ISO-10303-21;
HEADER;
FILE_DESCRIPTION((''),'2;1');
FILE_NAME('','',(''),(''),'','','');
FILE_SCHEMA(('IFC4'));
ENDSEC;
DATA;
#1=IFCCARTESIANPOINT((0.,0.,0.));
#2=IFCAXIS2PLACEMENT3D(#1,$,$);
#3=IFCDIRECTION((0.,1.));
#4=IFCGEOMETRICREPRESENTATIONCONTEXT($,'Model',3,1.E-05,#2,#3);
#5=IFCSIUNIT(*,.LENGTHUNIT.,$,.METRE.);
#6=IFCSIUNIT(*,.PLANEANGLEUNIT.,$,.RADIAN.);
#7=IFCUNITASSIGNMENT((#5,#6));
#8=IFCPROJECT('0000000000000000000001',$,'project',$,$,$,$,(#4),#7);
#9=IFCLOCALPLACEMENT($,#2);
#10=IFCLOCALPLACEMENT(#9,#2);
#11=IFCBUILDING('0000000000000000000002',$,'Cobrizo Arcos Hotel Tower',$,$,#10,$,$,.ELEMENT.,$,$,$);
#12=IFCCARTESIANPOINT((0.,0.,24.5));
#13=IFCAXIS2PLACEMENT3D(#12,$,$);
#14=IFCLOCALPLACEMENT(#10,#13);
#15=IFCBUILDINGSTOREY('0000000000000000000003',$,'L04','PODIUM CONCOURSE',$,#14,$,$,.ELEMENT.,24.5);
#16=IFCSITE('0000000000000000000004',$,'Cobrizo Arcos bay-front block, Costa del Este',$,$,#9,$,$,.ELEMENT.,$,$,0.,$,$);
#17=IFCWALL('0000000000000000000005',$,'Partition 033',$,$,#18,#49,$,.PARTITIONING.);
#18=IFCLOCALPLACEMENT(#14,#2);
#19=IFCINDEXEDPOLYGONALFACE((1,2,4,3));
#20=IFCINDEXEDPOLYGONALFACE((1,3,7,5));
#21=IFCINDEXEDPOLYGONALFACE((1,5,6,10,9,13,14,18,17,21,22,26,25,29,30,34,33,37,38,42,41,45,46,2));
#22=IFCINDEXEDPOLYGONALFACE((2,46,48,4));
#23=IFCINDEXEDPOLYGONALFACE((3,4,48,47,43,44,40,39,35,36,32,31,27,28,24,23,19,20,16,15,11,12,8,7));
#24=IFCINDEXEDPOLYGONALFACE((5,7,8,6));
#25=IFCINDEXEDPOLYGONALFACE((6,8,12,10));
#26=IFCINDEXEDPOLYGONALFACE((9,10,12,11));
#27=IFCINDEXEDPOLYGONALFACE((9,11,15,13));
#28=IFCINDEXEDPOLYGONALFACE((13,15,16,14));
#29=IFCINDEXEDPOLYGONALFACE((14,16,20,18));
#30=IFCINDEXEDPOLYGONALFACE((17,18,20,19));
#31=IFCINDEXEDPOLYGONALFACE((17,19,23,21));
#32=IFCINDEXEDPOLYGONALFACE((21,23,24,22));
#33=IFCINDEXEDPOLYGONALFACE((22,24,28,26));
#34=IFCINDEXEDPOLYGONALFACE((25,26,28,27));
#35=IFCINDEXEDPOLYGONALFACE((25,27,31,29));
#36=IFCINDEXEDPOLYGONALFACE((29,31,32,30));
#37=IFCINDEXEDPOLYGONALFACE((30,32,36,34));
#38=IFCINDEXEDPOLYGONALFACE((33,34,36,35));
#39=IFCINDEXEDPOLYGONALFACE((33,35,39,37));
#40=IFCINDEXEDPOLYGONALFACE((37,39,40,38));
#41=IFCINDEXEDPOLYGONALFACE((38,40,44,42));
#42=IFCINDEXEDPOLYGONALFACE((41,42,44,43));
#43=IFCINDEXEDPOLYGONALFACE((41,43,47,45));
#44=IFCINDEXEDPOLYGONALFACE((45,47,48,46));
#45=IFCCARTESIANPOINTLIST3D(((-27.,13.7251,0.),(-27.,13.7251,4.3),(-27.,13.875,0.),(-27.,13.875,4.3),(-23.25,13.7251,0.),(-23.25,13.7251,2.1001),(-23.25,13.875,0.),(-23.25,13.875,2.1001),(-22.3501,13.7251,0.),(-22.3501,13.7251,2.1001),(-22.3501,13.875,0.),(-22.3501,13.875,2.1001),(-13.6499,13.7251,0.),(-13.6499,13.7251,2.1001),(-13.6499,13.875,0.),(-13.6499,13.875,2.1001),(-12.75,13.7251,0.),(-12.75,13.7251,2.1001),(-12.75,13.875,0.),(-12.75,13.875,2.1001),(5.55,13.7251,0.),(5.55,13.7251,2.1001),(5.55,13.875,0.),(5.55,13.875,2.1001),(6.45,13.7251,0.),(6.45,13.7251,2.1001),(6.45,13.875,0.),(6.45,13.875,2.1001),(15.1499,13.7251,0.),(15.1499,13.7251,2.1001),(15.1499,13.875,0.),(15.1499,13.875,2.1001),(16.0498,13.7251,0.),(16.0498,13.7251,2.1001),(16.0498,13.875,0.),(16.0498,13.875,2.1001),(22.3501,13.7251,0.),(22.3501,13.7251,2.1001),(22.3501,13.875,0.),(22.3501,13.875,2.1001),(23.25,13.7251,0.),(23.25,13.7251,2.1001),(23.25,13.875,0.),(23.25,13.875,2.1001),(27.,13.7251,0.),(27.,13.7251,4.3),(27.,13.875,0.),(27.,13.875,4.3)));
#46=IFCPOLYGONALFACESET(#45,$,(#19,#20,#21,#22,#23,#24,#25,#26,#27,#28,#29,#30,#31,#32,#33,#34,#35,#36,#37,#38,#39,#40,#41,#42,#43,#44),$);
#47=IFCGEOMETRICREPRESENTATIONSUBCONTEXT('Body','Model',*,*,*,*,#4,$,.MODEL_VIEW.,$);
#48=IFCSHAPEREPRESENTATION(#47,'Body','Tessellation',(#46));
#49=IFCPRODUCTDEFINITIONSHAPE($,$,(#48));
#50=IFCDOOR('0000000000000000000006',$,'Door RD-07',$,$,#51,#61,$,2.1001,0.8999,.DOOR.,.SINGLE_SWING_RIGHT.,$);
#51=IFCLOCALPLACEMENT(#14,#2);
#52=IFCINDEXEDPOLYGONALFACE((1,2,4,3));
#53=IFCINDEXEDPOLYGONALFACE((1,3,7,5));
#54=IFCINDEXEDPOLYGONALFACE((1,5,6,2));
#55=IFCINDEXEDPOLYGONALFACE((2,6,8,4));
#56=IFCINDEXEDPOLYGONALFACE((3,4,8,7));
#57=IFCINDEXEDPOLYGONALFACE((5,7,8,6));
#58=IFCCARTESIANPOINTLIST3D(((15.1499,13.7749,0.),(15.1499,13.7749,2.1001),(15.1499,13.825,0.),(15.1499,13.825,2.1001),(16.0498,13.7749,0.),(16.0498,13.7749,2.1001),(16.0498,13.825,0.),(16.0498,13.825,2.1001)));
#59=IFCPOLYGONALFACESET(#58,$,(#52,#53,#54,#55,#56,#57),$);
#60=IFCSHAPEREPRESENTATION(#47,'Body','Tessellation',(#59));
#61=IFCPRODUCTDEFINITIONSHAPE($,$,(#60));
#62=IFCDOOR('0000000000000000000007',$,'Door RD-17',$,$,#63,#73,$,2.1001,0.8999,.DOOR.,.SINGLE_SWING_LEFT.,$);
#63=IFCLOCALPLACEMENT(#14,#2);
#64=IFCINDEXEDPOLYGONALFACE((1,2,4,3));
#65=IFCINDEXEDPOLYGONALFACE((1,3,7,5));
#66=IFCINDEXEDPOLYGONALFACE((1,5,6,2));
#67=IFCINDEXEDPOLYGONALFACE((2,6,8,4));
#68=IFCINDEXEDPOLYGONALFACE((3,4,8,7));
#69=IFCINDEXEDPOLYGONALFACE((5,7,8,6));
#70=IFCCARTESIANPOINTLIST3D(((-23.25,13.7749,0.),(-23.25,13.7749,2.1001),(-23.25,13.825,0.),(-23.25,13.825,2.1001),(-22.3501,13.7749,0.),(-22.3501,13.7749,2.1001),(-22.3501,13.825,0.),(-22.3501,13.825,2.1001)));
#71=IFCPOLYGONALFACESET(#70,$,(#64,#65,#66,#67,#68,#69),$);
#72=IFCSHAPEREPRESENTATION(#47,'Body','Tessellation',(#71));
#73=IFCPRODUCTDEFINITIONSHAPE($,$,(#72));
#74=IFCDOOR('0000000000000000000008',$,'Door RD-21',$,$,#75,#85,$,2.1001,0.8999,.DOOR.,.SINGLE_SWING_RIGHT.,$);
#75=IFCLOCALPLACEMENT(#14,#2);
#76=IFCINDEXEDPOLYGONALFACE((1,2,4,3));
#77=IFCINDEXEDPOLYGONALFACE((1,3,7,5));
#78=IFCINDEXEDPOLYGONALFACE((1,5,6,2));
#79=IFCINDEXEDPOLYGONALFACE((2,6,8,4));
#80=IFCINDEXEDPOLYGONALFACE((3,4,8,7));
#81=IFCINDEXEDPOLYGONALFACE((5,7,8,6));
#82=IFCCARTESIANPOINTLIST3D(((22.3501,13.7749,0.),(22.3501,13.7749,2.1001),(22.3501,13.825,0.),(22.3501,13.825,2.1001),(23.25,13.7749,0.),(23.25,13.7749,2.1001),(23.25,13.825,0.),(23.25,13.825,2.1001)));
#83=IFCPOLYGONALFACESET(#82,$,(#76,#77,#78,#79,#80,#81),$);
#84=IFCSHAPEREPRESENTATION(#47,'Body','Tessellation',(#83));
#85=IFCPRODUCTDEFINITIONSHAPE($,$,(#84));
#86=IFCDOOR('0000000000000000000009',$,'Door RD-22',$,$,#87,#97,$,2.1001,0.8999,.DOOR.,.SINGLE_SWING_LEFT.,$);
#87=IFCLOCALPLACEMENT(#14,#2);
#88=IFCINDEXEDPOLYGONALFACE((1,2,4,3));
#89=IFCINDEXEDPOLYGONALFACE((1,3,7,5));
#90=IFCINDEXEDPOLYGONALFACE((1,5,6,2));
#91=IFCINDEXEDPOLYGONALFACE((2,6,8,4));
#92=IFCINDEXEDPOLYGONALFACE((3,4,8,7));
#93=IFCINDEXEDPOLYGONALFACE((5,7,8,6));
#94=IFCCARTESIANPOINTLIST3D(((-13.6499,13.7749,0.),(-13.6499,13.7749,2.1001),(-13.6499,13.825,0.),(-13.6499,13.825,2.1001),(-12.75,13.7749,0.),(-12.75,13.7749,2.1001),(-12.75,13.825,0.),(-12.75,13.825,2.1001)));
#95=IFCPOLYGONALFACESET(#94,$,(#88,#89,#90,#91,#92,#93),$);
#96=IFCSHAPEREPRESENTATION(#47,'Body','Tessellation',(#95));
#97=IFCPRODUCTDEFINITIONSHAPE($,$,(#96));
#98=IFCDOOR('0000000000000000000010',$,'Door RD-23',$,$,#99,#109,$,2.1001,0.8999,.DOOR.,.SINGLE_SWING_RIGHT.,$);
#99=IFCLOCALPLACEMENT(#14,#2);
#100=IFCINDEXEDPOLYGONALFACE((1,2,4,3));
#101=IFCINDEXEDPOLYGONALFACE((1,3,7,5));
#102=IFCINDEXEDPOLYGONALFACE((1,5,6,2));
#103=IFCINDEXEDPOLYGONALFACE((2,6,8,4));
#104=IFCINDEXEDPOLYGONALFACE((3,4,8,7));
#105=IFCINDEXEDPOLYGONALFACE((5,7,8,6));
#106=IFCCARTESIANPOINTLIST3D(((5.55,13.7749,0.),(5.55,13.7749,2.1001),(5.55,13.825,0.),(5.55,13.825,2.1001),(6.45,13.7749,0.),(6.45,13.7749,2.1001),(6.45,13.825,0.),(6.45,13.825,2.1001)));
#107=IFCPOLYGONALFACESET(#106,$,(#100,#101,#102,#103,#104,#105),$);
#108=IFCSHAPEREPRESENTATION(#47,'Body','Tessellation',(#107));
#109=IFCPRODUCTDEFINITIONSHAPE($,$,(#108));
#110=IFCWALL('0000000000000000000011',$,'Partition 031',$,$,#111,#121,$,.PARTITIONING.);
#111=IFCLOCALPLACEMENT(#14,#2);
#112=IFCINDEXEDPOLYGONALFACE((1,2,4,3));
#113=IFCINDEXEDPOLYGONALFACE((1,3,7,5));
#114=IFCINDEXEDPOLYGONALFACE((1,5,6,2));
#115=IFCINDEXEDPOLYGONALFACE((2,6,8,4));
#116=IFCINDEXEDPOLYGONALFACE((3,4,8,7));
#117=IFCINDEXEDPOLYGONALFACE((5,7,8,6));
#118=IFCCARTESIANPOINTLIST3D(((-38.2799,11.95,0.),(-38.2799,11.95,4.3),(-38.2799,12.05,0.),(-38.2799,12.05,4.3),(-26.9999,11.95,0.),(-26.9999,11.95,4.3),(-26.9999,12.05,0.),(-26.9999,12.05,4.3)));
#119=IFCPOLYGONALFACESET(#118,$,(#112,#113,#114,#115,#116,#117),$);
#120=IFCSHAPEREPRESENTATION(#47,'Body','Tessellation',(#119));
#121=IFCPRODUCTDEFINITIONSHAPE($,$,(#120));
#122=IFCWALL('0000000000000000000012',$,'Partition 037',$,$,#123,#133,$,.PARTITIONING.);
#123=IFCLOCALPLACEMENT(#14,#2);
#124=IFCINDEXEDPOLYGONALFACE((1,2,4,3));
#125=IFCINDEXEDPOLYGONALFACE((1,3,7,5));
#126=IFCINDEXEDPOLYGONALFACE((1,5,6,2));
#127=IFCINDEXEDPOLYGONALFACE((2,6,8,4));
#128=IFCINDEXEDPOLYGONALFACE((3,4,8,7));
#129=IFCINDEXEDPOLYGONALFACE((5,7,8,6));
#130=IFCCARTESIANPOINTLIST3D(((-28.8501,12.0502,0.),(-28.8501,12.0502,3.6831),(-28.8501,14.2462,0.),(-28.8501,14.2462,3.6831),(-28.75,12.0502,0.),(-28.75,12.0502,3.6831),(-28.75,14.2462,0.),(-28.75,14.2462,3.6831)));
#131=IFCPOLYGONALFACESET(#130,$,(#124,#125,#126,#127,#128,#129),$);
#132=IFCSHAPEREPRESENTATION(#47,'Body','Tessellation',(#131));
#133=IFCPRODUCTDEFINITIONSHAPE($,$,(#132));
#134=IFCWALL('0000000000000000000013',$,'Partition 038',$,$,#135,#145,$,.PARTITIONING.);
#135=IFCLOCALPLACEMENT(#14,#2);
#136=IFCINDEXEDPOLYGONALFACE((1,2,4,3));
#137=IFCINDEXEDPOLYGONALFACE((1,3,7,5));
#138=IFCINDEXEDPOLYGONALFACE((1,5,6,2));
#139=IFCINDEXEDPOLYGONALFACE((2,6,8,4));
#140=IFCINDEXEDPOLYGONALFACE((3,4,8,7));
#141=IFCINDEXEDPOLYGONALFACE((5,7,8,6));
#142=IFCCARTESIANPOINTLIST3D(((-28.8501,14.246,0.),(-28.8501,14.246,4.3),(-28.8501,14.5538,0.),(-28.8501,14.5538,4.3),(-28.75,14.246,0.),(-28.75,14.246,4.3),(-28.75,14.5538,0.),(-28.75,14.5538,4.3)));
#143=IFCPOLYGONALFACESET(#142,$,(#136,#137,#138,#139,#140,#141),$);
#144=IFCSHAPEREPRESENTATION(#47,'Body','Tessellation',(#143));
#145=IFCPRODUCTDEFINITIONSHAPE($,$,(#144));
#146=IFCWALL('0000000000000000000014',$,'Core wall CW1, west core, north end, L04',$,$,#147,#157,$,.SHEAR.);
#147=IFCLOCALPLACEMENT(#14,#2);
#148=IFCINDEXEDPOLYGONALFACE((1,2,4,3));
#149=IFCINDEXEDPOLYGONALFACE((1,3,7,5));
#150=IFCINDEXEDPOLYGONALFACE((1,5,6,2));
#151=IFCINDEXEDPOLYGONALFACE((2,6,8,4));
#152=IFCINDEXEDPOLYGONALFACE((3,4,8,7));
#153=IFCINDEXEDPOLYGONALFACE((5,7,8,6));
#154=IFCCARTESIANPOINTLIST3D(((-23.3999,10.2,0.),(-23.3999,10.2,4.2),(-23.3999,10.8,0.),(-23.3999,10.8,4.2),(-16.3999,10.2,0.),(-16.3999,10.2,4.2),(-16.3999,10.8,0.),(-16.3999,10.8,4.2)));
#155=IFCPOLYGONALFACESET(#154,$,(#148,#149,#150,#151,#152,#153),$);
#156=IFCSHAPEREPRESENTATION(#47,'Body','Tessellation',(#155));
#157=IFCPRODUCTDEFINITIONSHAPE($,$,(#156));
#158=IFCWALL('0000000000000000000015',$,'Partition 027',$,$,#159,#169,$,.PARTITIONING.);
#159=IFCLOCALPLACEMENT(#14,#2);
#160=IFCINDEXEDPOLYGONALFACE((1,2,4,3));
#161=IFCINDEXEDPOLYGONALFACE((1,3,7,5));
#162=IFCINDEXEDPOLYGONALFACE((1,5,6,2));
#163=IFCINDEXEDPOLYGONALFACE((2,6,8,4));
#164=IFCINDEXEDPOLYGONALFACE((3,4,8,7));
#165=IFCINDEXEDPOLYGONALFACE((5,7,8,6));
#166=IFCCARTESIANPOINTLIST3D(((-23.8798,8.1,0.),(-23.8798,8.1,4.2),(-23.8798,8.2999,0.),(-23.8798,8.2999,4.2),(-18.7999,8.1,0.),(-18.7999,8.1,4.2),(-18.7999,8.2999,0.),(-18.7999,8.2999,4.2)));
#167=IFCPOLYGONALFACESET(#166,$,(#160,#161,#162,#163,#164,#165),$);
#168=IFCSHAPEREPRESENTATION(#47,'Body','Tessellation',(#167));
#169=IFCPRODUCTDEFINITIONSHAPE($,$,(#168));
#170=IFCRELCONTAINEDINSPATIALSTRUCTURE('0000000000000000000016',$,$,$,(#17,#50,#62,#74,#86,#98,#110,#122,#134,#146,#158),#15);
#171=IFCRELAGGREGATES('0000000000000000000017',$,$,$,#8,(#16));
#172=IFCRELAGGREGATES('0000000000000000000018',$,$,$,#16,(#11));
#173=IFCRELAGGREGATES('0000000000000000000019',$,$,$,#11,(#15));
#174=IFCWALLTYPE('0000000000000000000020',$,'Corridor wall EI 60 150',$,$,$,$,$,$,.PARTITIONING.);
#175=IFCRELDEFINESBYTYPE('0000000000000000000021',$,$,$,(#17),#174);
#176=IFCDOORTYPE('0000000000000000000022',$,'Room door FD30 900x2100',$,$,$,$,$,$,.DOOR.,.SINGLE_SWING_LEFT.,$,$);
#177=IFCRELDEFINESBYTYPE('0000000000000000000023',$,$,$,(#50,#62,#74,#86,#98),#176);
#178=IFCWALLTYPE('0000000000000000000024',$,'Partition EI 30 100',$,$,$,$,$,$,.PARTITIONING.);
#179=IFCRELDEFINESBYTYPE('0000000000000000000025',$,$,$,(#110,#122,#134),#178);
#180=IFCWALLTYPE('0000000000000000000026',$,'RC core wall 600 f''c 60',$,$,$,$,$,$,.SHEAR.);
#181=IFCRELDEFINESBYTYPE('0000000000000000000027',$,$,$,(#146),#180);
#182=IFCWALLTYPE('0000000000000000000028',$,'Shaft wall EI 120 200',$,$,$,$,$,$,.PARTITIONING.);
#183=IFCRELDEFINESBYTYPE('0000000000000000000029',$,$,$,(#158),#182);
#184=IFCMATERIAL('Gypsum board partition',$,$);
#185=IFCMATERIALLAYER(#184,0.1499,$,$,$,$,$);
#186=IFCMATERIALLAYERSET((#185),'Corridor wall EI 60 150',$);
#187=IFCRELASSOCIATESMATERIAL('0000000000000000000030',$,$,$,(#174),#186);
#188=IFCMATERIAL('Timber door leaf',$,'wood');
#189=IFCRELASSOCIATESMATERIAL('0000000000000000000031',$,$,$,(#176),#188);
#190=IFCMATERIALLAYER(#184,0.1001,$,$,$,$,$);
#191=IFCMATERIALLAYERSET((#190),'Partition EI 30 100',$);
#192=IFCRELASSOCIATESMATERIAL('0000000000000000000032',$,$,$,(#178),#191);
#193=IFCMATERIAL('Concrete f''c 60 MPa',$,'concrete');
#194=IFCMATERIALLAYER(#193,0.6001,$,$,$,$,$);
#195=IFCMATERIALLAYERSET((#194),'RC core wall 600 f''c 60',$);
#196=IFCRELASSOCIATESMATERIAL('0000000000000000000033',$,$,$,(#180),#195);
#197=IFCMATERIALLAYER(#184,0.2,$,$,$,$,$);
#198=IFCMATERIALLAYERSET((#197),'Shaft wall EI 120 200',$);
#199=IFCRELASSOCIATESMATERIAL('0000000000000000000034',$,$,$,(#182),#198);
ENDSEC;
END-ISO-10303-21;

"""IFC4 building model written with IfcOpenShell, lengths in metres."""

from ifc_helpers import new_model, si_unit, direction, frame, frame_2d, origin, place, context, subcontext, project, spatial, rectangle, extrude, material, layer, layer_set, type_object, element, fill, save


model = new_model("IFC4")

# Units and contexts
model_context = context("Model", 3, precision=1e-05, world=origin(), true_north=direction((0.0, 1.0)))
body_context = subcontext(model_context, "Body", "Model", "MODEL_VIEW")
ifc_project = project(units=[si_unit("LENGTHUNIT", "METRE"), si_unit("PLANEANGLEUNIT", "RADIAN")], contexts=[model_context])

# Site, building, storey
site_placement = place(None, origin())
site = spatial("IfcSite", under=ifc_project, at=site_placement, Name="Cobrizo Arcos bay-front block, Costa del Este", CompositionType="ELEMENT", RefElevation=0.0)
building_placement = place(site_placement, origin())
building = spatial("IfcBuilding", under=site, at=building_placement, Name="Cobrizo Arcos Hotel Tower", CompositionType="ELEMENT")
storey_placement = place(building_placement, frame((0.0, 0.0, 24.5)))
storey = spatial("IfcBuildingStorey", under=building, at=storey_placement, Name="L04", Description="PODIUM CONCOURSE", CompositionType="ELEMENT", Elevation=24.5)

# Wall, openings, doors
ifc_material_1 = material(Name="Gypsum board partition")
ifc_layer_1 = layer(ifc_material_1, 0.1499)
ifc_layer_set_1 = layer_set([ifc_layer_1], Name="Corridor wall EI 60 150")
wall_type_1 = type_object("IfcWallType", Name="Corridor wall EI 60 150", PredefinedType="PARTITIONING", material=ifc_layer_set_1)
wall_1_placement = place(storey_placement, frame((-27.0, 13.8, 0.0), z_axis=(0.0, 0.0, 1.0), x_axis=(1.0, 0.0, 0.0)))
wall_1 = element("IfcWall", 1, at=wall_1_placement, inside=storey, type_object=wall_type_1, Name="Partition 033", PredefinedType="PARTITIONING", context=body_context, shape_type="SweptSolid", body=[
    extrude(rectangle(XDim=54.0, YDim=0.1499, at=frame_2d((27.0, 0.0))), origin(), (0.0, 0.0, 1.0), 4.3),
])
opening_1_placement = place(wall_1_placement, frame((42.1499, 0.0, 0.0)))
opening_1 = element("IfcOpeningElement", 2, at=opening_1_placement, cuts=wall_1, PredefinedType="OPENING", context=body_context, shape_type="SweptSolid", body=[
    extrude(rectangle(XDim=0.8999, YDim=2.1001, at=frame_2d((0.45, 1.05))), frame((0.0, 0.0869, 0.0), z_axis=(0.0, -1.0, 0.0), x_axis=(1.0, 0.0, 0.0)), (0.0, 0.0, 1.0), 0.1738),
])
opening_2_placement = place(wall_1_placement, frame((3.75, 0.0, 0.0)))
opening_2 = element("IfcOpeningElement", 3, at=opening_2_placement, cuts=wall_1, PredefinedType="OPENING", context=body_context, shape_type="SweptSolid", body=[
    extrude(rectangle(XDim=0.8999, YDim=2.1001, at=frame_2d((0.45, 1.05))), frame((0.0, 0.0869, 0.0), z_axis=(0.0, -1.0, 0.0), x_axis=(1.0, 0.0, 0.0)), (0.0, 0.0, 1.0), 0.1738),
])
opening_3_placement = place(wall_1_placement, frame((49.3501, 0.0, 0.0)))
opening_3 = element("IfcOpeningElement", 4, at=opening_3_placement, cuts=wall_1, PredefinedType="OPENING", context=body_context, shape_type="SweptSolid", body=[
    extrude(rectangle(XDim=0.8999, YDim=2.1001, at=frame_2d((0.45, 1.05))), frame((0.0, 0.0869, 0.0), z_axis=(0.0, -1.0, 0.0), x_axis=(1.0, 0.0, 0.0)), (0.0, 0.0, 1.0), 0.1738),
])
opening_4_placement = place(wall_1_placement, frame((13.3501, 0.0, 0.0)))
opening_4 = element("IfcOpeningElement", 5, at=opening_4_placement, cuts=wall_1, PredefinedType="OPENING", context=body_context, shape_type="SweptSolid", body=[
    extrude(rectangle(XDim=0.8999, YDim=2.1001, at=frame_2d((0.45, 1.05))), frame((0.0, 0.0869, 0.0), z_axis=(0.0, -1.0, 0.0), x_axis=(1.0, 0.0, 0.0)), (0.0, 0.0, 1.0), 0.1738),
])
opening_5_placement = place(wall_1_placement, frame((32.55, 0.0, 0.0)))
opening_5 = element("IfcOpeningElement", 6, at=opening_5_placement, cuts=wall_1, PredefinedType="OPENING", context=body_context, shape_type="SweptSolid", body=[
    extrude(rectangle(XDim=0.8999, YDim=2.1001, at=frame_2d((0.45, 1.05))), frame((0.0, 0.0869, 0.0), z_axis=(0.0, -1.0, 0.0), x_axis=(1.0, 0.0, 0.0)), (0.0, 0.0, 1.0), 0.1738),
])
ifc_material_2 = material(Name="Timber door leaf", Category="wood")
door_type = type_object("IfcDoorType", Name="Room door FD30 900x2100", OperationType="SINGLE_SWING_LEFT", PredefinedType="DOOR", material=ifc_material_2)
door_1_placement = place(opening_1_placement, origin())
door_1 = element("IfcDoor", 7, at=door_1_placement, inside=storey, type_object=door_type, Name="Door RD-07", OperationType="SINGLE_SWING_RIGHT", OverallHeight=2.1001, OverallWidth=0.8999, PredefinedType="DOOR", context=body_context, shape_type="SweptSolid", body=[
    extrude(rectangle(XDim=0.8999, YDim=2.1001, at=frame_2d((0.45, 1.05))), frame((0.0, 0.0249, 0.0), z_axis=(0.0, -1.0, 0.0), x_axis=(1.0, 0.0, 0.0)), (0.0, 0.0, 1.0), 0.05),
])
fill(opening_1, door_1)
door_2_placement = place(opening_2_placement, origin())
door_2 = element("IfcDoor", 8, at=door_2_placement, inside=storey, type_object=door_type, Name="Door RD-17", OperationType="SINGLE_SWING_LEFT", OverallHeight=2.1001, OverallWidth=0.8999, PredefinedType="DOOR", context=body_context, shape_type="SweptSolid", body=[
    extrude(rectangle(XDim=0.8999, YDim=2.1001, at=frame_2d((0.45, 1.05))), frame((0.0, 0.0249, 0.0), z_axis=(0.0, -1.0, 0.0), x_axis=(1.0, 0.0, 0.0)), (0.0, 0.0, 1.0), 0.05),
])
fill(opening_2, door_2)
door_3_placement = place(opening_3_placement, origin())
door_3 = element("IfcDoor", 9, at=door_3_placement, inside=storey, type_object=door_type, Name="Door RD-21", OperationType="SINGLE_SWING_RIGHT", OverallHeight=2.1001, OverallWidth=0.8999, PredefinedType="DOOR", context=body_context, shape_type="SweptSolid", body=[
    extrude(rectangle(XDim=0.8999, YDim=2.1001, at=frame_2d((0.45, 1.05))), frame((0.0, 0.0249, 0.0), z_axis=(0.0, -1.0, 0.0), x_axis=(1.0, 0.0, 0.0)), (0.0, 0.0, 1.0), 0.05),
])
fill(opening_3, door_3)
door_4_placement = place(opening_4_placement, origin())
door_4 = element("IfcDoor", 10, at=door_4_placement, inside=storey, type_object=door_type, Name="Door RD-22", OperationType="SINGLE_SWING_LEFT", OverallHeight=2.1001, OverallWidth=0.8999, PredefinedType="DOOR", context=body_context, shape_type="SweptSolid", body=[
    extrude(rectangle(XDim=0.8999, YDim=2.1001, at=frame_2d((0.45, 1.05))), frame((0.0, 0.0249, 0.0), z_axis=(0.0, -1.0, 0.0), x_axis=(1.0, 0.0, 0.0)), (0.0, 0.0, 1.0), 0.05),
])
fill(opening_4, door_4)
door_5_placement = place(opening_5_placement, origin())
door_5 = element("IfcDoor", 11, at=door_5_placement, inside=storey, type_object=door_type, Name="Door RD-23", OperationType="SINGLE_SWING_RIGHT", OverallHeight=2.1001, OverallWidth=0.8999, PredefinedType="DOOR", context=body_context, shape_type="SweptSolid", body=[
    extrude(rectangle(XDim=0.8999, YDim=2.1001, at=frame_2d((0.45, 1.05))), frame((0.0, 0.0249, 0.0), z_axis=(0.0, -1.0, 0.0), x_axis=(1.0, 0.0, 0.0)), (0.0, 0.0, 1.0), 0.05),
])
fill(opening_5, door_5)

# Walls
ifc_layer_2 = layer(ifc_material_1, 0.1001)
ifc_layer_set_2 = layer_set([ifc_layer_2], Name="Partition EI 30 100")
wall_type_2 = type_object("IfcWallType", Name="Partition EI 30 100", PredefinedType="PARTITIONING", material=ifc_layer_set_2)
wall_2_placement = place(storey_placement, frame((-38.28, 12.0, 0.0), z_axis=(0.0, 0.0, 1.0), x_axis=(1.0, 0.0, 0.0)))
element("IfcWall", 12, at=wall_2_placement, inside=storey, type_object=wall_type_2, Name="Partition 031", PredefinedType="PARTITIONING", context=body_context, shape_type="SweptSolid", body=[
    extrude(rectangle(XDim=11.28, YDim=0.1001, at=frame_2d((5.6401, 0.0))), origin(), (0.0, 0.0, 1.0), 4.3),
])
wall_3_placement = place(storey_placement, frame((-28.8, 12.05, 0.0), z_axis=(0.0, 0.0, 1.0), x_axis=(0.0, 1.0, 0.0)))
element("IfcWall", 13, at=wall_3_placement, inside=storey, type_object=wall_type_2, Name="Partition 037", PredefinedType="PARTITIONING", context=body_context, shape_type="SweptSolid", body=[
    extrude(rectangle(XDim=2.196, YDim=0.1001, at=frame_2d((1.0981, 0.0))), origin(), (0.0, 0.0, 1.0), 3.6831),
])
wall_4_placement = place(storey_placement, frame((-28.8, 14.2461, 0.0), z_axis=(0.0, 0.0, 1.0), x_axis=(0.0, 1.0, 0.0)))
element("IfcWall", 14, at=wall_4_placement, inside=storey, type_object=wall_type_2, Name="Partition 038", PredefinedType="PARTITIONING", context=body_context, shape_type="SweptSolid", body=[
    extrude(rectangle(XDim=0.3079, YDim=0.1001, at=frame_2d((0.1538, 0.0))), origin(), (0.0, 0.0, 1.0), 4.3),
])
ifc_material_3 = material(Name="Concrete f'c 60 MPa", Category="concrete")
ifc_layer_3 = layer(ifc_material_3, 0.6001)
ifc_layer_set_3 = layer_set([ifc_layer_3], Name="RC core wall 600 f'c 60")
wall_type_3 = type_object("IfcWallType", Name="RC core wall 600 f'c 60", PredefinedType="SHEAR", material=ifc_layer_set_3)
wall_5_placement = place(storey_placement, frame((-23.3999, 10.5, 0.0), z_axis=(0.0, 0.0, 1.0), x_axis=(1.0, 0.0, 0.0)))
element("IfcWall", 15, at=wall_5_placement, inside=storey, type_object=wall_type_3, Name="Core wall CW1, west core, north end, L04", PredefinedType="SHEAR", context=body_context, shape_type="SweptSolid", body=[
    extrude(rectangle(XDim=7.0, YDim=0.6001, at=frame_2d((3.5, 0.0))), origin(), (0.0, 0.0, 1.0), 4.2),
])
ifc_layer_4 = layer(ifc_material_1, 0.2)
ifc_layer_set_4 = layer_set([ifc_layer_4], Name="Shaft wall EI 120 200")
wall_type_4 = type_object("IfcWallType", Name="Shaft wall EI 120 200", PredefinedType="PARTITIONING", material=ifc_layer_set_4)
wall_6_placement = place(storey_placement, frame((-23.8799, 8.2, 0.0), z_axis=(0.0, 0.0, 1.0), x_axis=(1.0, 0.0, 0.0)))
element("IfcWall", 16, at=wall_6_placement, inside=storey, type_object=wall_type_4, Name="Partition 027", PredefinedType="PARTITIONING", context=body_context, shape_type="SweptSolid", body=[
    extrude(rectangle(XDim=5.0798, YDim=0.2, at=frame_2d((2.54, 0.0))), origin(), (0.0, 0.0, 1.0), 4.2),
])

save(model, "model.ifc")
